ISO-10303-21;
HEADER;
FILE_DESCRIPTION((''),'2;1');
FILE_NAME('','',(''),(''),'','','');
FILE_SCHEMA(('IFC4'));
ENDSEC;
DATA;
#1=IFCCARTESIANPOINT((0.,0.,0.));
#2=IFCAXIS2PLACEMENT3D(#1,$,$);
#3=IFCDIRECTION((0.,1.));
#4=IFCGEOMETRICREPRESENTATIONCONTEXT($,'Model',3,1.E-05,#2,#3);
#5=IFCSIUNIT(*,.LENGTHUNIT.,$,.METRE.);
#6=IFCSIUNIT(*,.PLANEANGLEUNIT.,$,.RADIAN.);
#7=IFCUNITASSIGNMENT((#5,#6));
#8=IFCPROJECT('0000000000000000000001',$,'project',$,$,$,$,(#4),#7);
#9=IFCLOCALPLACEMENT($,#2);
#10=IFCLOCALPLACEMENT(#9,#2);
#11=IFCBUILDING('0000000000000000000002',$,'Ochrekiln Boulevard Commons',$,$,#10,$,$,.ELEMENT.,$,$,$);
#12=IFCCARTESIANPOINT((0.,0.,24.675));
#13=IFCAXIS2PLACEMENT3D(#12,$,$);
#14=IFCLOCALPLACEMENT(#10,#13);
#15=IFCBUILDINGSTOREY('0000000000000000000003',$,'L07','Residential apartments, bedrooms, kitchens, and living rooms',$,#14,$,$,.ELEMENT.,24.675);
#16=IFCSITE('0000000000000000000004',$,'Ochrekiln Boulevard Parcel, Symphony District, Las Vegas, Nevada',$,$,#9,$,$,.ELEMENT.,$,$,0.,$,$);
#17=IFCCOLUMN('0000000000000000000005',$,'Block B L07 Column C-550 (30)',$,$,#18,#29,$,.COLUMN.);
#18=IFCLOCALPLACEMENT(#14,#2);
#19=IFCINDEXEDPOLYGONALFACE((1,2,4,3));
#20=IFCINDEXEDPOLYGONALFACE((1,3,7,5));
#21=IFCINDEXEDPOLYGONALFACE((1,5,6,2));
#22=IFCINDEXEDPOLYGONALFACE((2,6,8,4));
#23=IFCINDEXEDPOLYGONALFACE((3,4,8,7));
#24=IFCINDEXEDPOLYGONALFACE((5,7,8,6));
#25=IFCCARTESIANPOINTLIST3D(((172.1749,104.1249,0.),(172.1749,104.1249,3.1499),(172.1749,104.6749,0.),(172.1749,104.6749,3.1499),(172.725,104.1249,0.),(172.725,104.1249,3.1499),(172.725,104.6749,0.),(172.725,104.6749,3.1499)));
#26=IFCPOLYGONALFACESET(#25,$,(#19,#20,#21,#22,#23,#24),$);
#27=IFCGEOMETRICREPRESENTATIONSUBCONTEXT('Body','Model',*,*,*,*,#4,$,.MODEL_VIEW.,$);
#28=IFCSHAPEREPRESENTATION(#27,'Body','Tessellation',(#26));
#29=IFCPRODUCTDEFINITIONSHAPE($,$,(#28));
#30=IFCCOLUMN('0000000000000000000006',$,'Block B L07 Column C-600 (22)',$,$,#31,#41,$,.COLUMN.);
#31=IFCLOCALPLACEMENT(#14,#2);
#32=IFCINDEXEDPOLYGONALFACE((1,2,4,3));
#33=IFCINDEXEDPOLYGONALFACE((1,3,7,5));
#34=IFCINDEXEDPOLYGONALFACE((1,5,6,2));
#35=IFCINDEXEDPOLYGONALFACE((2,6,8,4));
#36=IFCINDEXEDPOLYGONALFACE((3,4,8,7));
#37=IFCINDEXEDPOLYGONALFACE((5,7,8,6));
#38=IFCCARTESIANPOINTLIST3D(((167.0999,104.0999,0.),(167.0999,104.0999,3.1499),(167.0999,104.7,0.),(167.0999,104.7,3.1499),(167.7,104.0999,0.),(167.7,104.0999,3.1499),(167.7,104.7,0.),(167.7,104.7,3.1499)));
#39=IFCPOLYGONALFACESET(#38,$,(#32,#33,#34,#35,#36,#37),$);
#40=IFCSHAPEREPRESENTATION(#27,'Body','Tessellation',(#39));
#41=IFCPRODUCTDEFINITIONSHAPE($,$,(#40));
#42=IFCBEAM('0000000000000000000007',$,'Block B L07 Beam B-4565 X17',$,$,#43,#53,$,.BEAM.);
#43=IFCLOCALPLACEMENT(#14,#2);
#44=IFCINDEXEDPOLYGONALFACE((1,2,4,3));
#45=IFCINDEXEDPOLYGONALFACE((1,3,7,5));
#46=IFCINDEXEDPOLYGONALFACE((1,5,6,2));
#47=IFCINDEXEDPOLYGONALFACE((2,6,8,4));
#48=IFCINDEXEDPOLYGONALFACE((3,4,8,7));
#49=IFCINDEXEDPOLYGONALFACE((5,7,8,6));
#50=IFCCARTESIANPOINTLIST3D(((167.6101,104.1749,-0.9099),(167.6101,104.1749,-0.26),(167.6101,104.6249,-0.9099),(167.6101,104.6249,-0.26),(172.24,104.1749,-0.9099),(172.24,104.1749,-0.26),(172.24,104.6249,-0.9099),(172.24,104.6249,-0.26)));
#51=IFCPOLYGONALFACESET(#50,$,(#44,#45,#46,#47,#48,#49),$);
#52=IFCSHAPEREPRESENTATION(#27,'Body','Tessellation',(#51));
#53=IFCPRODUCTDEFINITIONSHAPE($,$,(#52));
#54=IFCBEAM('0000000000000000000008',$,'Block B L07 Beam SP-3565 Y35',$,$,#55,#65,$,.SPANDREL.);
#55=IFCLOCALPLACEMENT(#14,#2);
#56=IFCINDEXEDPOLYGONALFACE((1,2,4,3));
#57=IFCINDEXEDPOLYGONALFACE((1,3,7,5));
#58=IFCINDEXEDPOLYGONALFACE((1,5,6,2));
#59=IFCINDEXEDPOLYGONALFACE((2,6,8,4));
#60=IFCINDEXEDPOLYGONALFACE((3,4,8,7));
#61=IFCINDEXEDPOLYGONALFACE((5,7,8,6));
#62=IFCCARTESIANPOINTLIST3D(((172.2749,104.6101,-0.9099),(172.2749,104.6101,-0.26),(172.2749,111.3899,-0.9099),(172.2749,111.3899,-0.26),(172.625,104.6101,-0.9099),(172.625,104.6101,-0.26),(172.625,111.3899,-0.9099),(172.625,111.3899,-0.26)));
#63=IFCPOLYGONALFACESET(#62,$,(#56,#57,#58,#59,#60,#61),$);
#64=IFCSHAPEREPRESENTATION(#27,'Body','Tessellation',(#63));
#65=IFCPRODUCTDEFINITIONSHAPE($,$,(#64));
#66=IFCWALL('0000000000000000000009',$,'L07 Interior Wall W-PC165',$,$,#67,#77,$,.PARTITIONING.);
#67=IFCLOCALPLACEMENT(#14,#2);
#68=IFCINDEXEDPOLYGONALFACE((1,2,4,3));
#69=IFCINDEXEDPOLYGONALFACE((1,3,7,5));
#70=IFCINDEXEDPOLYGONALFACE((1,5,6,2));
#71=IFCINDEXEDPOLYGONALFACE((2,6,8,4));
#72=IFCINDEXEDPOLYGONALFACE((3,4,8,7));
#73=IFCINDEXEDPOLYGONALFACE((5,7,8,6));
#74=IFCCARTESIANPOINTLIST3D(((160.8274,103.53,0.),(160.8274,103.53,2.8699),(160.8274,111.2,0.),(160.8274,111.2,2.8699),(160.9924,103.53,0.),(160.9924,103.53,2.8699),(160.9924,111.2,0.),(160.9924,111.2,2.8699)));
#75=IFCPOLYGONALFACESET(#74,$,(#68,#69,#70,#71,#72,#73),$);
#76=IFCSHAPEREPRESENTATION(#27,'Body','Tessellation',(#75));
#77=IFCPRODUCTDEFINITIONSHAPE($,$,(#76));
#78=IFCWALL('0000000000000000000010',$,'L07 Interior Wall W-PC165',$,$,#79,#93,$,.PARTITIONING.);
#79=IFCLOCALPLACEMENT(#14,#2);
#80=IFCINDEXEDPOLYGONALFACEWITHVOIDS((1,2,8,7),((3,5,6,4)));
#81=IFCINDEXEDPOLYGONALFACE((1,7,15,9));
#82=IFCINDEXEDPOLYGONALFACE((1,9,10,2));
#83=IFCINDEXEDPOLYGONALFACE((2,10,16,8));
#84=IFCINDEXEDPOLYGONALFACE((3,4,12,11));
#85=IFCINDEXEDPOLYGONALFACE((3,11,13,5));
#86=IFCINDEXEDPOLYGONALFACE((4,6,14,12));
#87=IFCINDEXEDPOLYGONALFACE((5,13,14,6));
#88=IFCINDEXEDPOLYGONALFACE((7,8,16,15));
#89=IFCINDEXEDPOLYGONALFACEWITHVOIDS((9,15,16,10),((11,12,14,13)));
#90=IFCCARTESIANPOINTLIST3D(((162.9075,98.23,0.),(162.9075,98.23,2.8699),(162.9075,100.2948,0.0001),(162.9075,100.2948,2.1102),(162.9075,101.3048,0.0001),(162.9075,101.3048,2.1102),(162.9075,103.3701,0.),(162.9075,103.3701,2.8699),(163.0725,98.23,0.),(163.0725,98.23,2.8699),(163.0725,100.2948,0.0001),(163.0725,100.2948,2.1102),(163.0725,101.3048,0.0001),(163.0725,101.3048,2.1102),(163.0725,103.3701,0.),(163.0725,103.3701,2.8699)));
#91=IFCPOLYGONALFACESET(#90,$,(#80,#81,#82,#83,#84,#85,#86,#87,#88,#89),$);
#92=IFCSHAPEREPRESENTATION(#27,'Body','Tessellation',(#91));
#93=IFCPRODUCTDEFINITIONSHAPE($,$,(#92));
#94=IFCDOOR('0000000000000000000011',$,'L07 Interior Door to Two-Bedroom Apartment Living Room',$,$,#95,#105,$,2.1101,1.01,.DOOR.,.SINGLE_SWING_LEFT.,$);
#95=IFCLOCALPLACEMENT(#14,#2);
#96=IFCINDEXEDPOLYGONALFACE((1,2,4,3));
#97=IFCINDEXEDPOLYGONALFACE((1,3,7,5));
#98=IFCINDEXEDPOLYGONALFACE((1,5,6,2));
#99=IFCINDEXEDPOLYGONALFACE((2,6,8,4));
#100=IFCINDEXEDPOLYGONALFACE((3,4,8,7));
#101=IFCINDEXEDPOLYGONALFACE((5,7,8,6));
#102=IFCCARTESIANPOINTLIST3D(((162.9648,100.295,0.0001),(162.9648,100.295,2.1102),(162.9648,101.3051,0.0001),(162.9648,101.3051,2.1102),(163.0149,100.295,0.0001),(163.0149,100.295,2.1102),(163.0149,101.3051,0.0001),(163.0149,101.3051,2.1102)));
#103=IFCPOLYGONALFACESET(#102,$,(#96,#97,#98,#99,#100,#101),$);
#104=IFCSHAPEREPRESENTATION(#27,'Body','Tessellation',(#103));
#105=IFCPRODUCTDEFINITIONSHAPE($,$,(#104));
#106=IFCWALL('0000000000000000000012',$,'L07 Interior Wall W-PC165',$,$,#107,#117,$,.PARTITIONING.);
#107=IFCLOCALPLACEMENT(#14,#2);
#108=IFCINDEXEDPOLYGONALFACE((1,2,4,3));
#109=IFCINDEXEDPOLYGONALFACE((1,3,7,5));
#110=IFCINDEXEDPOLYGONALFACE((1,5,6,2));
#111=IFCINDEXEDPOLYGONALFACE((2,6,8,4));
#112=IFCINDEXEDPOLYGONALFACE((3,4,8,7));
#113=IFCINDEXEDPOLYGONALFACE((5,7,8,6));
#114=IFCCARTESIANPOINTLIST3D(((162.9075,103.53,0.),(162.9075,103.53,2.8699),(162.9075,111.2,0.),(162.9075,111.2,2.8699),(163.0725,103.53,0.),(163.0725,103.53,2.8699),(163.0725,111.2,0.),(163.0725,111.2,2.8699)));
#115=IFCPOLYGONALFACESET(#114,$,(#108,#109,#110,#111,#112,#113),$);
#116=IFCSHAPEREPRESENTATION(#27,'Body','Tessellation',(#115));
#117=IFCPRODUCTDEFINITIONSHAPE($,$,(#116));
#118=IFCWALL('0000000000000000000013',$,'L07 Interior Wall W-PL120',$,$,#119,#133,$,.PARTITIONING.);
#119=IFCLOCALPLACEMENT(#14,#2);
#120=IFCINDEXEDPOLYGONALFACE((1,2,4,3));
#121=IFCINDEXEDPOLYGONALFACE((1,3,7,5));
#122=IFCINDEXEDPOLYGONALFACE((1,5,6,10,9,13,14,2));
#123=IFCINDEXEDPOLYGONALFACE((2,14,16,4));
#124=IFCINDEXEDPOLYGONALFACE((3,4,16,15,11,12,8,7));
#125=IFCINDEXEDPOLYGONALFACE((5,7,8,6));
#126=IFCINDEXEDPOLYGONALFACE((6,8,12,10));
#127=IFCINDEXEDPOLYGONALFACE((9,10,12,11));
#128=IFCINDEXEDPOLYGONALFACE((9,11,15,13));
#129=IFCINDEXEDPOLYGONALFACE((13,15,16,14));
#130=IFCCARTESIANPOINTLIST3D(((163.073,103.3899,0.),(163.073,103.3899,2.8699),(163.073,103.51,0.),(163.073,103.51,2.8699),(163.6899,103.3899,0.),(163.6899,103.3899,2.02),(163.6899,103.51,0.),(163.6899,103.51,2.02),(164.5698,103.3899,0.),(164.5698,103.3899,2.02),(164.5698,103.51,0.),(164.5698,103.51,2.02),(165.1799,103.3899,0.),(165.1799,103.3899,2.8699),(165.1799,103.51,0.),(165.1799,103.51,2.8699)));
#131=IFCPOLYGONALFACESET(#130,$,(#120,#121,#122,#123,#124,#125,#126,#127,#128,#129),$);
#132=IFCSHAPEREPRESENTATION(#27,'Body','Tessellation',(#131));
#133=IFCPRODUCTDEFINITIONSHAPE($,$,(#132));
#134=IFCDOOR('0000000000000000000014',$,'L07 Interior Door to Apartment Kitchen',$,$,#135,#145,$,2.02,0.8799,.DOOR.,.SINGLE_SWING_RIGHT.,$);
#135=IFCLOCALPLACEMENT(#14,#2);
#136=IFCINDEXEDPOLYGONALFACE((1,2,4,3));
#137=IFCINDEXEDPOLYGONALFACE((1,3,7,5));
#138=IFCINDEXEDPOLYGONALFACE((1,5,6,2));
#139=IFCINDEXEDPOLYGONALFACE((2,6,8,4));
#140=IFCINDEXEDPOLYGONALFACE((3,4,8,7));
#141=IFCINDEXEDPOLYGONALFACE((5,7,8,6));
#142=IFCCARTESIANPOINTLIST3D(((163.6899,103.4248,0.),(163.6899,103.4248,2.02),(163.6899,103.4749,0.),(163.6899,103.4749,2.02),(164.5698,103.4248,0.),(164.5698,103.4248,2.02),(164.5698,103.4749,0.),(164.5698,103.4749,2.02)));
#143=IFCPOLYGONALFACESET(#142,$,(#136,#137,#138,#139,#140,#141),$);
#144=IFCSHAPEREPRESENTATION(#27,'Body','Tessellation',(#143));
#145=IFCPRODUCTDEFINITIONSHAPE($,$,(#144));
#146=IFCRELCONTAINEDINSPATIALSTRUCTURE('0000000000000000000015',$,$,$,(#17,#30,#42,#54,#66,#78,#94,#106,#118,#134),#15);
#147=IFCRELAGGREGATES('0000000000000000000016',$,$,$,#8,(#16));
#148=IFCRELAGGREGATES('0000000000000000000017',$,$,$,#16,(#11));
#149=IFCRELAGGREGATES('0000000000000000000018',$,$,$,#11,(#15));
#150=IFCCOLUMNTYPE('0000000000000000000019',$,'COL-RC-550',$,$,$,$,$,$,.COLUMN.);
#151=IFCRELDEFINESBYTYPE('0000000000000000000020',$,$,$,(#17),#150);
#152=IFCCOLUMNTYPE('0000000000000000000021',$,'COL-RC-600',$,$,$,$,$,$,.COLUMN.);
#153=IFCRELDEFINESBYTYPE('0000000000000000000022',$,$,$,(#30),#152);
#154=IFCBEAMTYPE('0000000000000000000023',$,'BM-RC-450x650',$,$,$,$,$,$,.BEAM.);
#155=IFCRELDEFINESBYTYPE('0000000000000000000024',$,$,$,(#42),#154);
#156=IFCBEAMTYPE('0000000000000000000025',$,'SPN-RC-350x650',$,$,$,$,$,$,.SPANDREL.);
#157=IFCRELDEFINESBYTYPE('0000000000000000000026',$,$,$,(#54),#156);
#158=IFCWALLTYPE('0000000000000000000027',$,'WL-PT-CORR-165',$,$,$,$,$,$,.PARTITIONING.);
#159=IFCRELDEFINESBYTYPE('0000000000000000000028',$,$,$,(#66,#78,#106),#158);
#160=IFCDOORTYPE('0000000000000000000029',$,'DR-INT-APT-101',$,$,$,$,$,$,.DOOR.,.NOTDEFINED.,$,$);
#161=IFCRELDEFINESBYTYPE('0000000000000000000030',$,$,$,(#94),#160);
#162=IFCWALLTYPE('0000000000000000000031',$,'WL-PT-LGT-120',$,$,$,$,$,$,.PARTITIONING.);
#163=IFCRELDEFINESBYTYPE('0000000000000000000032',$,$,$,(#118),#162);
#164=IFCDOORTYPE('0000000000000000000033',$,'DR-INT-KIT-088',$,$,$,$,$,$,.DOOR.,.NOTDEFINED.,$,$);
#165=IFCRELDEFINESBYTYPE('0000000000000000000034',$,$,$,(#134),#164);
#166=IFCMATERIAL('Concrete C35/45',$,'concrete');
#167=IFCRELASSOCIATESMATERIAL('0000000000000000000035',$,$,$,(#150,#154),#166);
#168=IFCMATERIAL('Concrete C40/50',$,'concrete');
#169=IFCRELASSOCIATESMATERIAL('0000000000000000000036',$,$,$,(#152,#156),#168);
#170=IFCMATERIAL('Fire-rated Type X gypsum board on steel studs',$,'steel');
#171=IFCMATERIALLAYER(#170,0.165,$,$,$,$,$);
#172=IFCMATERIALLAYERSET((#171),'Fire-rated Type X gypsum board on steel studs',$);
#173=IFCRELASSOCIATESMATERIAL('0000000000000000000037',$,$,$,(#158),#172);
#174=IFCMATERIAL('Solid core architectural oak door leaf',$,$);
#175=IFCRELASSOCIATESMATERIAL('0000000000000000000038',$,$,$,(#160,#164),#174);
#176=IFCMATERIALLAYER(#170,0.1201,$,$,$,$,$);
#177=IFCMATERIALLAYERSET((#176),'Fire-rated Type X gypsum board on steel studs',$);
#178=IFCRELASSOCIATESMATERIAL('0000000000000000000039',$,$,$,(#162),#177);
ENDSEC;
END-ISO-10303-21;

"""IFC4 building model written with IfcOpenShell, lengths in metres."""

from ifc_helpers import new_model, si_unit, direction, frame, frame_2d, origin, origin_2d, place, context, subcontext, project, spatial, rectangle, extrude, material, layer, layer_set, material_profile, profile_set, type_object, element, fill, save


model = new_model("IFC4")

# Units and contexts
model_context = context("Model", 3, precision=1e-05, world=origin(), true_north=direction((0.0, 1.0)))
body_context = subcontext(model_context, "Body", "Model", "MODEL_VIEW")
ifc_project = project(units=[si_unit("LENGTHUNIT", "METRE"), si_unit("PLANEANGLEUNIT", "RADIAN")], contexts=[model_context])

# Site, building, storey
site_placement = place(None, origin())
site = spatial("IfcSite", under=ifc_project, at=site_placement, Name="Ochrekiln Boulevard Parcel, Symphony District, Las Vegas, Nevada", CompositionType="ELEMENT", RefElevation=0.0)
building_placement = place(site_placement, origin())
building = spatial("IfcBuilding", under=site, at=building_placement, Name="Ochrekiln Boulevard Commons", CompositionType="ELEMENT")
storey_placement = place(building_placement, frame((0.0, 0.0, 24.675)))
storey = spatial("IfcBuildingStorey", under=building, at=storey_placement, Name="L07", Description="Residential apartments, bedrooms, kitchens, and living rooms", CompositionType="ELEMENT", Elevation=24.675)

# Columns
ifc_material_1 = material(Name="Concrete C35/45", Category="concrete")
ifc_material_profile_1 = material_profile(ifc_material_1, rectangle(XDim=0.55, YDim=0.55, at=origin_2d()), Name="RC-COL-550x550")
ifc_profile_set_1 = profile_set([ifc_material_profile_1], Name="Concrete C35/45")
column_type_1 = type_object("IfcColumnType", Name="COL-RC-550", PredefinedType="COLUMN", material=ifc_profile_set_1)
column_1_placement = place(storey_placement, frame((172.45, 104.3999, 0.0), z_axis=(0.0, 0.0, 1.0), x_axis=(1.0, 0.0, 0.0)))
element("IfcColumn", 1, at=column_1_placement, inside=storey, type_object=column_type_1, Name="Block B L07 Column C-550 (30)", PredefinedType="COLUMN", context=body_context, shape_type="SweptSolid", body=[
    extrude(rectangle(XDim=0.55, YDim=0.55, at=origin_2d()), origin(), (0.0, 0.0, 1.0), 3.1499),
])
ifc_material_2 = material(Name="Concrete C40/50", Category="concrete")
ifc_material_profile_2 = material_profile(ifc_material_2, rectangle(XDim=0.6001, YDim=0.6001, at=origin_2d()), Name="RC-COL-600x600")
ifc_profile_set_2 = profile_set([ifc_material_profile_2], Name="Concrete C40/50")
column_type_2 = type_object("IfcColumnType", Name="COL-RC-600", PredefinedType="COLUMN", material=ifc_profile_set_2)
column_2_placement = place(storey_placement, frame((167.3999, 104.3999, 0.0), z_axis=(0.0, 0.0, 1.0), x_axis=(1.0, 0.0, 0.0)))
element("IfcColumn", 2, at=column_2_placement, inside=storey, type_object=column_type_2, Name="Block B L07 Column C-600 (22)", PredefinedType="COLUMN", context=body_context, shape_type="SweptSolid", body=[
    extrude(rectangle(XDim=0.6001, YDim=0.6001, at=origin_2d()), origin(), (0.0, 0.0, 1.0), 3.1499),
])

# Beams
ifc_material_profile_3 = material_profile(ifc_material_1, rectangle(XDim=0.45, YDim=0.6499, at=origin_2d()), Name="RC-BM-450x650")
ifc_profile_set_3 = profile_set([ifc_material_profile_3], Name="Concrete C35/45")
beam_type_1 = type_object("IfcBeamType", Name="BM-RC-450x650", PredefinedType="BEAM", material=ifc_profile_set_3)
beam_1_placement = place(storey_placement, frame((167.6101, 104.3999, -0.585), z_axis=(1.0, 0.0, 0.0), x_axis=(0.0, 1.0, 0.0)))
element("IfcBeam", 3, at=beam_1_placement, inside=storey, type_object=beam_type_1, Name="Block B L07 Beam B-4565 X17", PredefinedType="BEAM", context=body_context, shape_type="SweptSolid", body=[
    extrude(rectangle(XDim=0.45, YDim=0.6499, at=origin_2d()), origin(), (0.0, 0.0, 1.0), 4.6299),
])
ifc_material_profile_4 = material_profile(ifc_material_2, rectangle(XDim=0.3501, YDim=0.6499, at=origin_2d()), Name="RC-SPN-350x650")
ifc_profile_set_4 = profile_set([ifc_material_profile_4], Name="Concrete C40/50")
beam_type_2 = type_object("IfcBeamType", Name="SPN-RC-350x650", PredefinedType="SPANDREL", material=ifc_profile_set_4)
beam_2_placement = place(storey_placement, frame((172.45, 104.6101, -0.585), z_axis=(0.0, 1.0, 0.0), x_axis=(-1.0, 0.0, 0.0)))
element("IfcBeam", 4, at=beam_2_placement, inside=storey, type_object=beam_type_2, Name="Block B L07 Beam SP-3565 Y35", PredefinedType="SPANDREL", context=body_context, shape_type="SweptSolid", body=[
    extrude(rectangle(XDim=0.3501, YDim=0.6499, at=origin_2d()), origin(), (0.0, 0.0, 1.0), 6.7798),
])

# Wall
ifc_material_3 = material(Name="Fire-rated Type X gypsum board on steel studs", Category="steel")
ifc_layer_1 = layer(ifc_material_3, 0.165)
ifc_layer_set_1 = layer_set([ifc_layer_1], Name="Fire-rated Type X gypsum board on steel studs")
wall_type_1 = type_object("IfcWallType", Name="WL-PT-CORR-165", PredefinedType="PARTITIONING", material=ifc_layer_set_1)
wall_1_placement = place(storey_placement, frame((160.9099, 103.53, 0.0), z_axis=(0.0, 0.0, 1.0), x_axis=(0.0, 1.0, 0.0)))
element("IfcWall", 5, at=wall_1_placement, inside=storey, type_object=wall_type_1, Name="L07 Interior Wall W-PC165", PredefinedType="PARTITIONING", context=body_context, shape_type="SweptSolid", body=[
    extrude(rectangle(XDim=7.6699, YDim=0.165, at=frame_2d((3.835, 0.0))), origin(), (0.0, 0.0, 1.0), 2.8699),
])

# Wall, opening, door
wall_2_placement = place(storey_placement, frame((162.99, 98.23, 0.0), z_axis=(0.0, 0.0, 1.0), x_axis=(0.0, 1.0, 0.0)))
wall_2 = element("IfcWall", 6, at=wall_2_placement, inside=storey, type_object=wall_type_1, Name="L07 Interior Wall W-PC165", PredefinedType="PARTITIONING", context=body_context, shape_type="SweptSolid", body=[
    extrude(rectangle(XDim=5.1401, YDim=0.165, at=frame_2d((2.5701, 0.0))), origin(), (0.0, 0.0, 1.0), 2.8699),
])
opening_1_placement = place(wall_2_placement, frame((2.0649, 0.0, 0.0)))
opening_1 = element("IfcOpeningElement", 7, at=opening_1_placement, cuts=wall_2, PredefinedType="OPENING", context=body_context, shape_type="SweptSolid", body=[
    extrude(rectangle(XDim=1.01, YDim=2.1101, at=frame_2d((0.5049, 1.0552))), frame((0.0, 0.0925, 0.0), z_axis=(0.0, -1.0, 0.0), x_axis=(1.0, 0.0, 0.0)), (0.0, 0.0, 1.0), 0.1851),
])
ifc_material_4 = material(Name="Solid core architectural oak door leaf")
door_type_1 = type_object("IfcDoorType", Name="DR-INT-APT-101", OperationType="NOTDEFINED", PredefinedType="DOOR", material=ifc_material_4)
door_1_placement = place(opening_1_placement, frame((1.01, 0.0, 0.0), z_axis=(0.0, 0.0, 1.0), x_axis=(-1.0, 0.0, 0.0)))
door_1 = element("IfcDoor", 8, at=door_1_placement, inside=storey, type_object=door_type_1, Name="L07 Interior Door to Two-Bedroom Apartment Living Room", OperationType="SINGLE_SWING_LEFT", OverallHeight=2.1101, OverallWidth=1.01, PredefinedType="DOOR", context=body_context, shape_type="SweptSolid", body=[
    extrude(rectangle(XDim=1.01, YDim=2.1101, at=frame_2d((0.5049, 1.0552))), frame((0.0, 0.0249, 0.0), z_axis=(0.0, -1.0, 0.0), x_axis=(1.0, 0.0, 0.0)), (0.0, 0.0, 1.0), 0.05),
])
fill(opening_1, door_1)

# Wall
wall_3_placement = place(storey_placement, frame((162.99, 103.53, 0.0), z_axis=(0.0, 0.0, 1.0), x_axis=(0.0, 1.0, 0.0)))
element("IfcWall", 9, at=wall_3_placement, inside=storey, type_object=wall_type_1, Name="L07 Interior Wall W-PC165", PredefinedType="PARTITIONING", context=body_context, shape_type="SweptSolid", body=[
    extrude(rectangle(XDim=7.6699, YDim=0.165, at=frame_2d((3.835, 0.0))), origin(), (0.0, 0.0, 1.0), 2.8699),
])

# Wall, opening, door
ifc_layer_2 = layer(ifc_material_3, 0.1201)
ifc_layer_set_2 = layer_set([ifc_layer_2], Name="Fire-rated Type X gypsum board on steel studs")
wall_type_2 = type_object("IfcWallType", Name="WL-PT-LGT-120", PredefinedType="PARTITIONING", material=ifc_layer_set_2)
wall_4_placement = place(storey_placement, frame((163.073, 103.45, 0.0), z_axis=(0.0, 0.0, 1.0), x_axis=(1.0, 0.0, 0.0)))
wall_4 = element("IfcWall", 10, at=wall_4_placement, inside=storey, type_object=wall_type_2, Name="L07 Interior Wall W-PL120", PredefinedType="PARTITIONING", context=body_context, shape_type="SweptSolid", body=[
    extrude(rectangle(XDim=2.1069, YDim=0.1201, at=frame_2d((1.0535, 0.0))), origin(), (0.0, 0.0, 1.0), 2.8699),
])
opening_2_placement = place(wall_4_placement, frame((0.6169, 0.0, 0.0)))
opening_2 = element("IfcOpeningElement", 11, at=opening_2_placement, cuts=wall_4, PredefinedType="OPENING", context=body_context, shape_type="SweptSolid", body=[
    extrude(rectangle(XDim=0.8799, YDim=2.02, at=frame_2d((0.4399, 1.01))), frame((0.0, 0.0701, 0.0), z_axis=(0.0, -1.0, 0.0), x_axis=(1.0, 0.0, 0.0)), (0.0, 0.0, 1.0), 0.1401),
])
door_type_2 = type_object("IfcDoorType", Name="DR-INT-KIT-088", OperationType="NOTDEFINED", PredefinedType="DOOR", material=ifc_material_4)
door_2_placement = place(opening_2_placement, origin())
door_2 = element("IfcDoor", 12, at=door_2_placement, inside=storey, type_object=door_type_2, Name="L07 Interior Door to Apartment Kitchen", OperationType="SINGLE_SWING_RIGHT", OverallHeight=2.02, OverallWidth=0.8799, PredefinedType="DOOR", context=body_context, shape_type="SweptSolid", body=[
    extrude(rectangle(XDim=0.8799, YDim=2.02, at=frame_2d((0.4399, 1.01))), frame((0.0, 0.0249, 0.0), z_axis=(0.0, -1.0, 0.0), x_axis=(1.0, 0.0, 0.0)), (0.0, 0.0, 1.0), 0.05),
])
fill(opening_2, door_2)

save(model, "model.ifc")
